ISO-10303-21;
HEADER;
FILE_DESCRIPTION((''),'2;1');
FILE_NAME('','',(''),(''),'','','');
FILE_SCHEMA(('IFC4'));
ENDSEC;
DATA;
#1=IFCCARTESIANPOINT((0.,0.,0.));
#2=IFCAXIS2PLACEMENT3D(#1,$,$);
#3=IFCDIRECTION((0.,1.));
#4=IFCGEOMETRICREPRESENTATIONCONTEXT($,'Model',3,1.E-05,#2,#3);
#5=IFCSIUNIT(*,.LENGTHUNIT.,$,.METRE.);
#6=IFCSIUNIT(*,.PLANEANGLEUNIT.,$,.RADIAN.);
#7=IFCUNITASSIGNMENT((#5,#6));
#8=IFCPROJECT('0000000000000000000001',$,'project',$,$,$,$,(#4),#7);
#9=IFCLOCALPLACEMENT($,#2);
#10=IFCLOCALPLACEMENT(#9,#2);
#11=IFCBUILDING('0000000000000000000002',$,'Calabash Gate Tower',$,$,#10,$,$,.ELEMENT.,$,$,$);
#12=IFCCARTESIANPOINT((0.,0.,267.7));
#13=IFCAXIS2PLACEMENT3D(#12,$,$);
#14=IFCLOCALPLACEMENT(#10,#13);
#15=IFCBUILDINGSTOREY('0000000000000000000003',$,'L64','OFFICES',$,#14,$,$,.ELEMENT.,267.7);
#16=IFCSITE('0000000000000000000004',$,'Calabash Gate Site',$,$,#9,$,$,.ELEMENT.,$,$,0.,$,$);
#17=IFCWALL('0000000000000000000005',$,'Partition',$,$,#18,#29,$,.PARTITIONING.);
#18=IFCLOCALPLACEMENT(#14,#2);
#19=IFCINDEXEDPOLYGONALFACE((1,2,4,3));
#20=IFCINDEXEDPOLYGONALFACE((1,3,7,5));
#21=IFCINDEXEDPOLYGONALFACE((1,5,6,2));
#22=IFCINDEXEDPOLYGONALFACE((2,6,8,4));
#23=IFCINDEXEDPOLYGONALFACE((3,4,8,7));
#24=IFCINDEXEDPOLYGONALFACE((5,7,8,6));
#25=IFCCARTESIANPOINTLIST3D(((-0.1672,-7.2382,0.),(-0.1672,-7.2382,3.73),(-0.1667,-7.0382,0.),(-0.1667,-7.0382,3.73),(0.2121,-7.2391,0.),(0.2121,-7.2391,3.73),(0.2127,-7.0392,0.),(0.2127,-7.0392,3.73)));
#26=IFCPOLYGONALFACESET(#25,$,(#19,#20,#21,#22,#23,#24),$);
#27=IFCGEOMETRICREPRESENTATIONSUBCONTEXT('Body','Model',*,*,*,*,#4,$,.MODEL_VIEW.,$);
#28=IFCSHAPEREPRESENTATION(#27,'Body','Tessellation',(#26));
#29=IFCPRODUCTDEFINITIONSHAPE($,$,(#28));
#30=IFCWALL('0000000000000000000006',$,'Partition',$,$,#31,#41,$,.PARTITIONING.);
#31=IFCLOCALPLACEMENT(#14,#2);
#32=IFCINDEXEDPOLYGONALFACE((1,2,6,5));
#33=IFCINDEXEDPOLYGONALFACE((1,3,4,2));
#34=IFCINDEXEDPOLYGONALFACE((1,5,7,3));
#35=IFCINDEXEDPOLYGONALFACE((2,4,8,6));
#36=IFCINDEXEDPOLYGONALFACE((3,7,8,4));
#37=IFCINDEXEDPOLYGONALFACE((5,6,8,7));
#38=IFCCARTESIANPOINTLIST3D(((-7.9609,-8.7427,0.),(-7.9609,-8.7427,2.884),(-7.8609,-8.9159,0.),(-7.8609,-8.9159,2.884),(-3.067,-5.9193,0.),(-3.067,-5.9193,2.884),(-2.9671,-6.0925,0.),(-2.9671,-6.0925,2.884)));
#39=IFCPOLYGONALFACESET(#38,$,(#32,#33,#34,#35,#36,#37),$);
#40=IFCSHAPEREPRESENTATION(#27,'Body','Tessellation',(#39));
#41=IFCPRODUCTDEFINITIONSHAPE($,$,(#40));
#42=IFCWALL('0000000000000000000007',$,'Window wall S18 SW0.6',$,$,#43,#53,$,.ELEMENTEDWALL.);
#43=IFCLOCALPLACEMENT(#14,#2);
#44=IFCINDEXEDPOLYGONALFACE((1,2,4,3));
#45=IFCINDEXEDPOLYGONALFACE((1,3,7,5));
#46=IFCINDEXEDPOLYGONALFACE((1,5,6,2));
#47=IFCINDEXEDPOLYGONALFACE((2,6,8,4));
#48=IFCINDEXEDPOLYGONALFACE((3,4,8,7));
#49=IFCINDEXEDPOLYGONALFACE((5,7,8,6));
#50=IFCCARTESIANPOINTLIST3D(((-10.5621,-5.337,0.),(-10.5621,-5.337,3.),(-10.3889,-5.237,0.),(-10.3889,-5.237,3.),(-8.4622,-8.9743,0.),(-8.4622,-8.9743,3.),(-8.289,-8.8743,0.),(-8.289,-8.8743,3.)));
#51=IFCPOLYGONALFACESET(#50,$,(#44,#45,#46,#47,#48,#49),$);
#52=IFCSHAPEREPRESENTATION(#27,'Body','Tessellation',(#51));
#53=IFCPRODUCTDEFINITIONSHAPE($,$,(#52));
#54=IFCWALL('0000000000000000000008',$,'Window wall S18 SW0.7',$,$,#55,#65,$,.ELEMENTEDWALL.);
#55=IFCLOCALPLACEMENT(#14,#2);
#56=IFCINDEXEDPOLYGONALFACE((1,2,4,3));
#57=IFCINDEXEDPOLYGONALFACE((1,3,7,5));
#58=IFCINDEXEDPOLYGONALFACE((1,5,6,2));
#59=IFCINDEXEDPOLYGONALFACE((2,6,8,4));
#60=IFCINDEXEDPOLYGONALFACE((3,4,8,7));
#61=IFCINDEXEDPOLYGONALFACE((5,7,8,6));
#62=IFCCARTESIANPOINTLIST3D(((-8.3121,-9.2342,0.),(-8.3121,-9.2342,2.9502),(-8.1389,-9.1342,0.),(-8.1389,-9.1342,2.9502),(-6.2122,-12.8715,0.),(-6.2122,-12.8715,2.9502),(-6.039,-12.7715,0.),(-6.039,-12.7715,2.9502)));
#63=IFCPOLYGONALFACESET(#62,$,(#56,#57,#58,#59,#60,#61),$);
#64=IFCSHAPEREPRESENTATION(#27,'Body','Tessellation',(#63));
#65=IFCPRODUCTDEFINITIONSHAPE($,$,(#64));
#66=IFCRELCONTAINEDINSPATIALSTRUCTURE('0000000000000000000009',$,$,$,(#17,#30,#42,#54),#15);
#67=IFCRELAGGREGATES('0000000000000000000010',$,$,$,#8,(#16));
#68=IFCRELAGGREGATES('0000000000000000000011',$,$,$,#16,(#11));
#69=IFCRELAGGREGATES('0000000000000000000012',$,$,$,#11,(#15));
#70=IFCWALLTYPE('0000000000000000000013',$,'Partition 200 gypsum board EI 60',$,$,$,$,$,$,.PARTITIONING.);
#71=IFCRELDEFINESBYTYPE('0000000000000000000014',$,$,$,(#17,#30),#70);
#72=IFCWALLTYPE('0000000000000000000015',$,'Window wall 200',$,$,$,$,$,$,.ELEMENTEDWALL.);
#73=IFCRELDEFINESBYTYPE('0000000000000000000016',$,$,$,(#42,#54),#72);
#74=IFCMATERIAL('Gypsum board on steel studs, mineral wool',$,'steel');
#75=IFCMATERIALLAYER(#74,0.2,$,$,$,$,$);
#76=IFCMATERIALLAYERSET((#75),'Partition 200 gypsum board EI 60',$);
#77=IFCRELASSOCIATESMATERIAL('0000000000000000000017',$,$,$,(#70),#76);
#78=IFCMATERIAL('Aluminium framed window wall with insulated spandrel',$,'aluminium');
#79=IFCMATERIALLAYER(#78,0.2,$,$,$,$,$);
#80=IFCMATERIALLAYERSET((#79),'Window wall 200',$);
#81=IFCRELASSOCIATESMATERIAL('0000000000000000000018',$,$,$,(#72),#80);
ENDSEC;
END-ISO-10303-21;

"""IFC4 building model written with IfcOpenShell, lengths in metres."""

from ifc_helpers import new_model, si_unit, direction, frame, frame_2d, origin, place, context, subcontext, project, spatial, rectangle, extrude, material, layer, layer_set, type_object, element, save


model = new_model("IFC4")

# Units and contexts
model_context = context("Model", 3, precision=1e-05, world=origin(), true_north=direction((0.0, 1.0)))
body_context = subcontext(model_context, "Body", "Model", "MODEL_VIEW")
ifc_project = project(units=[si_unit("LENGTHUNIT", "METRE"), si_unit("PLANEANGLEUNIT", "RADIAN")], contexts=[model_context])

# Site, building, storey
site_placement = place(None, origin())
site = spatial("IfcSite", under=ifc_project, at=site_placement, Name="Calabash Gate Site", CompositionType="ELEMENT", RefElevation=0.0)
building_placement = place(site_placement, origin())
building = spatial("IfcBuilding", under=site, at=building_placement, Name="Calabash Gate Tower", CompositionType="ELEMENT")
storey_placement = place(building_placement, frame((0.0, 0.0, 267.7)))
storey = spatial("IfcBuildingStorey", under=building, at=storey_placement, Name="L64", Description="OFFICES", CompositionType="ELEMENT", Elevation=267.7)

# Walls
ifc_material_1 = material(Name="Gypsum board on steel studs, mineral wool", Category="steel")
ifc_layer_1 = layer(ifc_material_1, 0.2)
ifc_layer_set_1 = layer_set([ifc_layer_1], Name="Partition 200 gypsum board EI 60")
wall_type_1 = type_object("IfcWallType", Name="Partition 200 gypsum board EI 60", PredefinedType="PARTITIONING", material=ifc_layer_set_1)
wall_1_placement = place(storey_placement, frame((-0.167, -7.1382, 0.0), z_axis=(0.0, 0.0, 1.0), x_axis=(0.999997, -0.002574, 0.0)))
element("IfcWall", 1, at=wall_1_placement, inside=storey, type_object=wall_type_1, Name="Partition", PredefinedType="PARTITIONING", context=body_context, shape_type="SweptSolid", body=[
    extrude(rectangle(XDim=0.3794, YDim=0.2, at=frame_2d((0.1897, 0.0))), origin(), (0.0, 0.0, 1.0), 3.73),
])
wall_2_placement = place(storey_placement, frame((-7.9109, -8.8293, 0.0), z_axis=(0.0, 0.0, 1.0), x_axis=(0.866175, 0.499741, 0.0)))
element("IfcWall", 2, at=wall_2_placement, inside=storey, type_object=wall_type_1, Name="Partition", PredefinedType="PARTITIONING", context=body_context, shape_type="SweptSolid", body=[
    extrude(rectangle(XDim=5.6499, YDim=0.2, at=frame_2d((2.825, 0.0))), origin(), (0.0, 0.0, 1.0), 2.884),
])
ifc_material_2 = material(Name="Aluminium framed window wall with insulated spandrel", Category="aluminium")
ifc_layer_2 = layer(ifc_material_2, 0.2)
ifc_layer_set_2 = layer_set([ifc_layer_2], Name="Window wall 200")
wall_type_2 = type_object("IfcWallType", Name="Window wall 200", PredefinedType="ELEMENTEDWALL", material=ifc_layer_set_2)
wall_3_placement = place(storey_placement, frame((-10.4756, -5.2869, 0.0), z_axis=(0.0, 0.0, 1.0), x_axis=(0.499984, -0.866035, 0.0)))
element("IfcWall", 3, at=wall_3_placement, inside=storey, type_object=wall_type_2, Name="Window wall S18 SW0.6", PredefinedType="ELEMENTEDWALL", context=body_context, shape_type="SweptSolid", body=[
    extrude(rectangle(XDim=4.2, YDim=0.2, at=frame_2d((2.1001, 0.0))), origin(), (0.0, 0.0, 1.0), 3.0),
])
wall_4_placement = place(storey_placement, frame((-8.2256, -9.1841, 0.0), z_axis=(0.0, 0.0, 1.0), x_axis=(0.499984, -0.866035, 0.0)))
element("IfcWall", 4, at=wall_4_placement, inside=storey, type_object=wall_type_2, Name="Window wall S18 SW0.7", PredefinedType="ELEMENTEDWALL", context=body_context, shape_type="SweptSolid", body=[
    extrude(rectangle(XDim=4.2, YDim=0.2, at=frame_2d((2.1001, 0.0))), origin(), (0.0, 0.0, 1.0), 2.9502),
])

save(model, "model.ifc")
